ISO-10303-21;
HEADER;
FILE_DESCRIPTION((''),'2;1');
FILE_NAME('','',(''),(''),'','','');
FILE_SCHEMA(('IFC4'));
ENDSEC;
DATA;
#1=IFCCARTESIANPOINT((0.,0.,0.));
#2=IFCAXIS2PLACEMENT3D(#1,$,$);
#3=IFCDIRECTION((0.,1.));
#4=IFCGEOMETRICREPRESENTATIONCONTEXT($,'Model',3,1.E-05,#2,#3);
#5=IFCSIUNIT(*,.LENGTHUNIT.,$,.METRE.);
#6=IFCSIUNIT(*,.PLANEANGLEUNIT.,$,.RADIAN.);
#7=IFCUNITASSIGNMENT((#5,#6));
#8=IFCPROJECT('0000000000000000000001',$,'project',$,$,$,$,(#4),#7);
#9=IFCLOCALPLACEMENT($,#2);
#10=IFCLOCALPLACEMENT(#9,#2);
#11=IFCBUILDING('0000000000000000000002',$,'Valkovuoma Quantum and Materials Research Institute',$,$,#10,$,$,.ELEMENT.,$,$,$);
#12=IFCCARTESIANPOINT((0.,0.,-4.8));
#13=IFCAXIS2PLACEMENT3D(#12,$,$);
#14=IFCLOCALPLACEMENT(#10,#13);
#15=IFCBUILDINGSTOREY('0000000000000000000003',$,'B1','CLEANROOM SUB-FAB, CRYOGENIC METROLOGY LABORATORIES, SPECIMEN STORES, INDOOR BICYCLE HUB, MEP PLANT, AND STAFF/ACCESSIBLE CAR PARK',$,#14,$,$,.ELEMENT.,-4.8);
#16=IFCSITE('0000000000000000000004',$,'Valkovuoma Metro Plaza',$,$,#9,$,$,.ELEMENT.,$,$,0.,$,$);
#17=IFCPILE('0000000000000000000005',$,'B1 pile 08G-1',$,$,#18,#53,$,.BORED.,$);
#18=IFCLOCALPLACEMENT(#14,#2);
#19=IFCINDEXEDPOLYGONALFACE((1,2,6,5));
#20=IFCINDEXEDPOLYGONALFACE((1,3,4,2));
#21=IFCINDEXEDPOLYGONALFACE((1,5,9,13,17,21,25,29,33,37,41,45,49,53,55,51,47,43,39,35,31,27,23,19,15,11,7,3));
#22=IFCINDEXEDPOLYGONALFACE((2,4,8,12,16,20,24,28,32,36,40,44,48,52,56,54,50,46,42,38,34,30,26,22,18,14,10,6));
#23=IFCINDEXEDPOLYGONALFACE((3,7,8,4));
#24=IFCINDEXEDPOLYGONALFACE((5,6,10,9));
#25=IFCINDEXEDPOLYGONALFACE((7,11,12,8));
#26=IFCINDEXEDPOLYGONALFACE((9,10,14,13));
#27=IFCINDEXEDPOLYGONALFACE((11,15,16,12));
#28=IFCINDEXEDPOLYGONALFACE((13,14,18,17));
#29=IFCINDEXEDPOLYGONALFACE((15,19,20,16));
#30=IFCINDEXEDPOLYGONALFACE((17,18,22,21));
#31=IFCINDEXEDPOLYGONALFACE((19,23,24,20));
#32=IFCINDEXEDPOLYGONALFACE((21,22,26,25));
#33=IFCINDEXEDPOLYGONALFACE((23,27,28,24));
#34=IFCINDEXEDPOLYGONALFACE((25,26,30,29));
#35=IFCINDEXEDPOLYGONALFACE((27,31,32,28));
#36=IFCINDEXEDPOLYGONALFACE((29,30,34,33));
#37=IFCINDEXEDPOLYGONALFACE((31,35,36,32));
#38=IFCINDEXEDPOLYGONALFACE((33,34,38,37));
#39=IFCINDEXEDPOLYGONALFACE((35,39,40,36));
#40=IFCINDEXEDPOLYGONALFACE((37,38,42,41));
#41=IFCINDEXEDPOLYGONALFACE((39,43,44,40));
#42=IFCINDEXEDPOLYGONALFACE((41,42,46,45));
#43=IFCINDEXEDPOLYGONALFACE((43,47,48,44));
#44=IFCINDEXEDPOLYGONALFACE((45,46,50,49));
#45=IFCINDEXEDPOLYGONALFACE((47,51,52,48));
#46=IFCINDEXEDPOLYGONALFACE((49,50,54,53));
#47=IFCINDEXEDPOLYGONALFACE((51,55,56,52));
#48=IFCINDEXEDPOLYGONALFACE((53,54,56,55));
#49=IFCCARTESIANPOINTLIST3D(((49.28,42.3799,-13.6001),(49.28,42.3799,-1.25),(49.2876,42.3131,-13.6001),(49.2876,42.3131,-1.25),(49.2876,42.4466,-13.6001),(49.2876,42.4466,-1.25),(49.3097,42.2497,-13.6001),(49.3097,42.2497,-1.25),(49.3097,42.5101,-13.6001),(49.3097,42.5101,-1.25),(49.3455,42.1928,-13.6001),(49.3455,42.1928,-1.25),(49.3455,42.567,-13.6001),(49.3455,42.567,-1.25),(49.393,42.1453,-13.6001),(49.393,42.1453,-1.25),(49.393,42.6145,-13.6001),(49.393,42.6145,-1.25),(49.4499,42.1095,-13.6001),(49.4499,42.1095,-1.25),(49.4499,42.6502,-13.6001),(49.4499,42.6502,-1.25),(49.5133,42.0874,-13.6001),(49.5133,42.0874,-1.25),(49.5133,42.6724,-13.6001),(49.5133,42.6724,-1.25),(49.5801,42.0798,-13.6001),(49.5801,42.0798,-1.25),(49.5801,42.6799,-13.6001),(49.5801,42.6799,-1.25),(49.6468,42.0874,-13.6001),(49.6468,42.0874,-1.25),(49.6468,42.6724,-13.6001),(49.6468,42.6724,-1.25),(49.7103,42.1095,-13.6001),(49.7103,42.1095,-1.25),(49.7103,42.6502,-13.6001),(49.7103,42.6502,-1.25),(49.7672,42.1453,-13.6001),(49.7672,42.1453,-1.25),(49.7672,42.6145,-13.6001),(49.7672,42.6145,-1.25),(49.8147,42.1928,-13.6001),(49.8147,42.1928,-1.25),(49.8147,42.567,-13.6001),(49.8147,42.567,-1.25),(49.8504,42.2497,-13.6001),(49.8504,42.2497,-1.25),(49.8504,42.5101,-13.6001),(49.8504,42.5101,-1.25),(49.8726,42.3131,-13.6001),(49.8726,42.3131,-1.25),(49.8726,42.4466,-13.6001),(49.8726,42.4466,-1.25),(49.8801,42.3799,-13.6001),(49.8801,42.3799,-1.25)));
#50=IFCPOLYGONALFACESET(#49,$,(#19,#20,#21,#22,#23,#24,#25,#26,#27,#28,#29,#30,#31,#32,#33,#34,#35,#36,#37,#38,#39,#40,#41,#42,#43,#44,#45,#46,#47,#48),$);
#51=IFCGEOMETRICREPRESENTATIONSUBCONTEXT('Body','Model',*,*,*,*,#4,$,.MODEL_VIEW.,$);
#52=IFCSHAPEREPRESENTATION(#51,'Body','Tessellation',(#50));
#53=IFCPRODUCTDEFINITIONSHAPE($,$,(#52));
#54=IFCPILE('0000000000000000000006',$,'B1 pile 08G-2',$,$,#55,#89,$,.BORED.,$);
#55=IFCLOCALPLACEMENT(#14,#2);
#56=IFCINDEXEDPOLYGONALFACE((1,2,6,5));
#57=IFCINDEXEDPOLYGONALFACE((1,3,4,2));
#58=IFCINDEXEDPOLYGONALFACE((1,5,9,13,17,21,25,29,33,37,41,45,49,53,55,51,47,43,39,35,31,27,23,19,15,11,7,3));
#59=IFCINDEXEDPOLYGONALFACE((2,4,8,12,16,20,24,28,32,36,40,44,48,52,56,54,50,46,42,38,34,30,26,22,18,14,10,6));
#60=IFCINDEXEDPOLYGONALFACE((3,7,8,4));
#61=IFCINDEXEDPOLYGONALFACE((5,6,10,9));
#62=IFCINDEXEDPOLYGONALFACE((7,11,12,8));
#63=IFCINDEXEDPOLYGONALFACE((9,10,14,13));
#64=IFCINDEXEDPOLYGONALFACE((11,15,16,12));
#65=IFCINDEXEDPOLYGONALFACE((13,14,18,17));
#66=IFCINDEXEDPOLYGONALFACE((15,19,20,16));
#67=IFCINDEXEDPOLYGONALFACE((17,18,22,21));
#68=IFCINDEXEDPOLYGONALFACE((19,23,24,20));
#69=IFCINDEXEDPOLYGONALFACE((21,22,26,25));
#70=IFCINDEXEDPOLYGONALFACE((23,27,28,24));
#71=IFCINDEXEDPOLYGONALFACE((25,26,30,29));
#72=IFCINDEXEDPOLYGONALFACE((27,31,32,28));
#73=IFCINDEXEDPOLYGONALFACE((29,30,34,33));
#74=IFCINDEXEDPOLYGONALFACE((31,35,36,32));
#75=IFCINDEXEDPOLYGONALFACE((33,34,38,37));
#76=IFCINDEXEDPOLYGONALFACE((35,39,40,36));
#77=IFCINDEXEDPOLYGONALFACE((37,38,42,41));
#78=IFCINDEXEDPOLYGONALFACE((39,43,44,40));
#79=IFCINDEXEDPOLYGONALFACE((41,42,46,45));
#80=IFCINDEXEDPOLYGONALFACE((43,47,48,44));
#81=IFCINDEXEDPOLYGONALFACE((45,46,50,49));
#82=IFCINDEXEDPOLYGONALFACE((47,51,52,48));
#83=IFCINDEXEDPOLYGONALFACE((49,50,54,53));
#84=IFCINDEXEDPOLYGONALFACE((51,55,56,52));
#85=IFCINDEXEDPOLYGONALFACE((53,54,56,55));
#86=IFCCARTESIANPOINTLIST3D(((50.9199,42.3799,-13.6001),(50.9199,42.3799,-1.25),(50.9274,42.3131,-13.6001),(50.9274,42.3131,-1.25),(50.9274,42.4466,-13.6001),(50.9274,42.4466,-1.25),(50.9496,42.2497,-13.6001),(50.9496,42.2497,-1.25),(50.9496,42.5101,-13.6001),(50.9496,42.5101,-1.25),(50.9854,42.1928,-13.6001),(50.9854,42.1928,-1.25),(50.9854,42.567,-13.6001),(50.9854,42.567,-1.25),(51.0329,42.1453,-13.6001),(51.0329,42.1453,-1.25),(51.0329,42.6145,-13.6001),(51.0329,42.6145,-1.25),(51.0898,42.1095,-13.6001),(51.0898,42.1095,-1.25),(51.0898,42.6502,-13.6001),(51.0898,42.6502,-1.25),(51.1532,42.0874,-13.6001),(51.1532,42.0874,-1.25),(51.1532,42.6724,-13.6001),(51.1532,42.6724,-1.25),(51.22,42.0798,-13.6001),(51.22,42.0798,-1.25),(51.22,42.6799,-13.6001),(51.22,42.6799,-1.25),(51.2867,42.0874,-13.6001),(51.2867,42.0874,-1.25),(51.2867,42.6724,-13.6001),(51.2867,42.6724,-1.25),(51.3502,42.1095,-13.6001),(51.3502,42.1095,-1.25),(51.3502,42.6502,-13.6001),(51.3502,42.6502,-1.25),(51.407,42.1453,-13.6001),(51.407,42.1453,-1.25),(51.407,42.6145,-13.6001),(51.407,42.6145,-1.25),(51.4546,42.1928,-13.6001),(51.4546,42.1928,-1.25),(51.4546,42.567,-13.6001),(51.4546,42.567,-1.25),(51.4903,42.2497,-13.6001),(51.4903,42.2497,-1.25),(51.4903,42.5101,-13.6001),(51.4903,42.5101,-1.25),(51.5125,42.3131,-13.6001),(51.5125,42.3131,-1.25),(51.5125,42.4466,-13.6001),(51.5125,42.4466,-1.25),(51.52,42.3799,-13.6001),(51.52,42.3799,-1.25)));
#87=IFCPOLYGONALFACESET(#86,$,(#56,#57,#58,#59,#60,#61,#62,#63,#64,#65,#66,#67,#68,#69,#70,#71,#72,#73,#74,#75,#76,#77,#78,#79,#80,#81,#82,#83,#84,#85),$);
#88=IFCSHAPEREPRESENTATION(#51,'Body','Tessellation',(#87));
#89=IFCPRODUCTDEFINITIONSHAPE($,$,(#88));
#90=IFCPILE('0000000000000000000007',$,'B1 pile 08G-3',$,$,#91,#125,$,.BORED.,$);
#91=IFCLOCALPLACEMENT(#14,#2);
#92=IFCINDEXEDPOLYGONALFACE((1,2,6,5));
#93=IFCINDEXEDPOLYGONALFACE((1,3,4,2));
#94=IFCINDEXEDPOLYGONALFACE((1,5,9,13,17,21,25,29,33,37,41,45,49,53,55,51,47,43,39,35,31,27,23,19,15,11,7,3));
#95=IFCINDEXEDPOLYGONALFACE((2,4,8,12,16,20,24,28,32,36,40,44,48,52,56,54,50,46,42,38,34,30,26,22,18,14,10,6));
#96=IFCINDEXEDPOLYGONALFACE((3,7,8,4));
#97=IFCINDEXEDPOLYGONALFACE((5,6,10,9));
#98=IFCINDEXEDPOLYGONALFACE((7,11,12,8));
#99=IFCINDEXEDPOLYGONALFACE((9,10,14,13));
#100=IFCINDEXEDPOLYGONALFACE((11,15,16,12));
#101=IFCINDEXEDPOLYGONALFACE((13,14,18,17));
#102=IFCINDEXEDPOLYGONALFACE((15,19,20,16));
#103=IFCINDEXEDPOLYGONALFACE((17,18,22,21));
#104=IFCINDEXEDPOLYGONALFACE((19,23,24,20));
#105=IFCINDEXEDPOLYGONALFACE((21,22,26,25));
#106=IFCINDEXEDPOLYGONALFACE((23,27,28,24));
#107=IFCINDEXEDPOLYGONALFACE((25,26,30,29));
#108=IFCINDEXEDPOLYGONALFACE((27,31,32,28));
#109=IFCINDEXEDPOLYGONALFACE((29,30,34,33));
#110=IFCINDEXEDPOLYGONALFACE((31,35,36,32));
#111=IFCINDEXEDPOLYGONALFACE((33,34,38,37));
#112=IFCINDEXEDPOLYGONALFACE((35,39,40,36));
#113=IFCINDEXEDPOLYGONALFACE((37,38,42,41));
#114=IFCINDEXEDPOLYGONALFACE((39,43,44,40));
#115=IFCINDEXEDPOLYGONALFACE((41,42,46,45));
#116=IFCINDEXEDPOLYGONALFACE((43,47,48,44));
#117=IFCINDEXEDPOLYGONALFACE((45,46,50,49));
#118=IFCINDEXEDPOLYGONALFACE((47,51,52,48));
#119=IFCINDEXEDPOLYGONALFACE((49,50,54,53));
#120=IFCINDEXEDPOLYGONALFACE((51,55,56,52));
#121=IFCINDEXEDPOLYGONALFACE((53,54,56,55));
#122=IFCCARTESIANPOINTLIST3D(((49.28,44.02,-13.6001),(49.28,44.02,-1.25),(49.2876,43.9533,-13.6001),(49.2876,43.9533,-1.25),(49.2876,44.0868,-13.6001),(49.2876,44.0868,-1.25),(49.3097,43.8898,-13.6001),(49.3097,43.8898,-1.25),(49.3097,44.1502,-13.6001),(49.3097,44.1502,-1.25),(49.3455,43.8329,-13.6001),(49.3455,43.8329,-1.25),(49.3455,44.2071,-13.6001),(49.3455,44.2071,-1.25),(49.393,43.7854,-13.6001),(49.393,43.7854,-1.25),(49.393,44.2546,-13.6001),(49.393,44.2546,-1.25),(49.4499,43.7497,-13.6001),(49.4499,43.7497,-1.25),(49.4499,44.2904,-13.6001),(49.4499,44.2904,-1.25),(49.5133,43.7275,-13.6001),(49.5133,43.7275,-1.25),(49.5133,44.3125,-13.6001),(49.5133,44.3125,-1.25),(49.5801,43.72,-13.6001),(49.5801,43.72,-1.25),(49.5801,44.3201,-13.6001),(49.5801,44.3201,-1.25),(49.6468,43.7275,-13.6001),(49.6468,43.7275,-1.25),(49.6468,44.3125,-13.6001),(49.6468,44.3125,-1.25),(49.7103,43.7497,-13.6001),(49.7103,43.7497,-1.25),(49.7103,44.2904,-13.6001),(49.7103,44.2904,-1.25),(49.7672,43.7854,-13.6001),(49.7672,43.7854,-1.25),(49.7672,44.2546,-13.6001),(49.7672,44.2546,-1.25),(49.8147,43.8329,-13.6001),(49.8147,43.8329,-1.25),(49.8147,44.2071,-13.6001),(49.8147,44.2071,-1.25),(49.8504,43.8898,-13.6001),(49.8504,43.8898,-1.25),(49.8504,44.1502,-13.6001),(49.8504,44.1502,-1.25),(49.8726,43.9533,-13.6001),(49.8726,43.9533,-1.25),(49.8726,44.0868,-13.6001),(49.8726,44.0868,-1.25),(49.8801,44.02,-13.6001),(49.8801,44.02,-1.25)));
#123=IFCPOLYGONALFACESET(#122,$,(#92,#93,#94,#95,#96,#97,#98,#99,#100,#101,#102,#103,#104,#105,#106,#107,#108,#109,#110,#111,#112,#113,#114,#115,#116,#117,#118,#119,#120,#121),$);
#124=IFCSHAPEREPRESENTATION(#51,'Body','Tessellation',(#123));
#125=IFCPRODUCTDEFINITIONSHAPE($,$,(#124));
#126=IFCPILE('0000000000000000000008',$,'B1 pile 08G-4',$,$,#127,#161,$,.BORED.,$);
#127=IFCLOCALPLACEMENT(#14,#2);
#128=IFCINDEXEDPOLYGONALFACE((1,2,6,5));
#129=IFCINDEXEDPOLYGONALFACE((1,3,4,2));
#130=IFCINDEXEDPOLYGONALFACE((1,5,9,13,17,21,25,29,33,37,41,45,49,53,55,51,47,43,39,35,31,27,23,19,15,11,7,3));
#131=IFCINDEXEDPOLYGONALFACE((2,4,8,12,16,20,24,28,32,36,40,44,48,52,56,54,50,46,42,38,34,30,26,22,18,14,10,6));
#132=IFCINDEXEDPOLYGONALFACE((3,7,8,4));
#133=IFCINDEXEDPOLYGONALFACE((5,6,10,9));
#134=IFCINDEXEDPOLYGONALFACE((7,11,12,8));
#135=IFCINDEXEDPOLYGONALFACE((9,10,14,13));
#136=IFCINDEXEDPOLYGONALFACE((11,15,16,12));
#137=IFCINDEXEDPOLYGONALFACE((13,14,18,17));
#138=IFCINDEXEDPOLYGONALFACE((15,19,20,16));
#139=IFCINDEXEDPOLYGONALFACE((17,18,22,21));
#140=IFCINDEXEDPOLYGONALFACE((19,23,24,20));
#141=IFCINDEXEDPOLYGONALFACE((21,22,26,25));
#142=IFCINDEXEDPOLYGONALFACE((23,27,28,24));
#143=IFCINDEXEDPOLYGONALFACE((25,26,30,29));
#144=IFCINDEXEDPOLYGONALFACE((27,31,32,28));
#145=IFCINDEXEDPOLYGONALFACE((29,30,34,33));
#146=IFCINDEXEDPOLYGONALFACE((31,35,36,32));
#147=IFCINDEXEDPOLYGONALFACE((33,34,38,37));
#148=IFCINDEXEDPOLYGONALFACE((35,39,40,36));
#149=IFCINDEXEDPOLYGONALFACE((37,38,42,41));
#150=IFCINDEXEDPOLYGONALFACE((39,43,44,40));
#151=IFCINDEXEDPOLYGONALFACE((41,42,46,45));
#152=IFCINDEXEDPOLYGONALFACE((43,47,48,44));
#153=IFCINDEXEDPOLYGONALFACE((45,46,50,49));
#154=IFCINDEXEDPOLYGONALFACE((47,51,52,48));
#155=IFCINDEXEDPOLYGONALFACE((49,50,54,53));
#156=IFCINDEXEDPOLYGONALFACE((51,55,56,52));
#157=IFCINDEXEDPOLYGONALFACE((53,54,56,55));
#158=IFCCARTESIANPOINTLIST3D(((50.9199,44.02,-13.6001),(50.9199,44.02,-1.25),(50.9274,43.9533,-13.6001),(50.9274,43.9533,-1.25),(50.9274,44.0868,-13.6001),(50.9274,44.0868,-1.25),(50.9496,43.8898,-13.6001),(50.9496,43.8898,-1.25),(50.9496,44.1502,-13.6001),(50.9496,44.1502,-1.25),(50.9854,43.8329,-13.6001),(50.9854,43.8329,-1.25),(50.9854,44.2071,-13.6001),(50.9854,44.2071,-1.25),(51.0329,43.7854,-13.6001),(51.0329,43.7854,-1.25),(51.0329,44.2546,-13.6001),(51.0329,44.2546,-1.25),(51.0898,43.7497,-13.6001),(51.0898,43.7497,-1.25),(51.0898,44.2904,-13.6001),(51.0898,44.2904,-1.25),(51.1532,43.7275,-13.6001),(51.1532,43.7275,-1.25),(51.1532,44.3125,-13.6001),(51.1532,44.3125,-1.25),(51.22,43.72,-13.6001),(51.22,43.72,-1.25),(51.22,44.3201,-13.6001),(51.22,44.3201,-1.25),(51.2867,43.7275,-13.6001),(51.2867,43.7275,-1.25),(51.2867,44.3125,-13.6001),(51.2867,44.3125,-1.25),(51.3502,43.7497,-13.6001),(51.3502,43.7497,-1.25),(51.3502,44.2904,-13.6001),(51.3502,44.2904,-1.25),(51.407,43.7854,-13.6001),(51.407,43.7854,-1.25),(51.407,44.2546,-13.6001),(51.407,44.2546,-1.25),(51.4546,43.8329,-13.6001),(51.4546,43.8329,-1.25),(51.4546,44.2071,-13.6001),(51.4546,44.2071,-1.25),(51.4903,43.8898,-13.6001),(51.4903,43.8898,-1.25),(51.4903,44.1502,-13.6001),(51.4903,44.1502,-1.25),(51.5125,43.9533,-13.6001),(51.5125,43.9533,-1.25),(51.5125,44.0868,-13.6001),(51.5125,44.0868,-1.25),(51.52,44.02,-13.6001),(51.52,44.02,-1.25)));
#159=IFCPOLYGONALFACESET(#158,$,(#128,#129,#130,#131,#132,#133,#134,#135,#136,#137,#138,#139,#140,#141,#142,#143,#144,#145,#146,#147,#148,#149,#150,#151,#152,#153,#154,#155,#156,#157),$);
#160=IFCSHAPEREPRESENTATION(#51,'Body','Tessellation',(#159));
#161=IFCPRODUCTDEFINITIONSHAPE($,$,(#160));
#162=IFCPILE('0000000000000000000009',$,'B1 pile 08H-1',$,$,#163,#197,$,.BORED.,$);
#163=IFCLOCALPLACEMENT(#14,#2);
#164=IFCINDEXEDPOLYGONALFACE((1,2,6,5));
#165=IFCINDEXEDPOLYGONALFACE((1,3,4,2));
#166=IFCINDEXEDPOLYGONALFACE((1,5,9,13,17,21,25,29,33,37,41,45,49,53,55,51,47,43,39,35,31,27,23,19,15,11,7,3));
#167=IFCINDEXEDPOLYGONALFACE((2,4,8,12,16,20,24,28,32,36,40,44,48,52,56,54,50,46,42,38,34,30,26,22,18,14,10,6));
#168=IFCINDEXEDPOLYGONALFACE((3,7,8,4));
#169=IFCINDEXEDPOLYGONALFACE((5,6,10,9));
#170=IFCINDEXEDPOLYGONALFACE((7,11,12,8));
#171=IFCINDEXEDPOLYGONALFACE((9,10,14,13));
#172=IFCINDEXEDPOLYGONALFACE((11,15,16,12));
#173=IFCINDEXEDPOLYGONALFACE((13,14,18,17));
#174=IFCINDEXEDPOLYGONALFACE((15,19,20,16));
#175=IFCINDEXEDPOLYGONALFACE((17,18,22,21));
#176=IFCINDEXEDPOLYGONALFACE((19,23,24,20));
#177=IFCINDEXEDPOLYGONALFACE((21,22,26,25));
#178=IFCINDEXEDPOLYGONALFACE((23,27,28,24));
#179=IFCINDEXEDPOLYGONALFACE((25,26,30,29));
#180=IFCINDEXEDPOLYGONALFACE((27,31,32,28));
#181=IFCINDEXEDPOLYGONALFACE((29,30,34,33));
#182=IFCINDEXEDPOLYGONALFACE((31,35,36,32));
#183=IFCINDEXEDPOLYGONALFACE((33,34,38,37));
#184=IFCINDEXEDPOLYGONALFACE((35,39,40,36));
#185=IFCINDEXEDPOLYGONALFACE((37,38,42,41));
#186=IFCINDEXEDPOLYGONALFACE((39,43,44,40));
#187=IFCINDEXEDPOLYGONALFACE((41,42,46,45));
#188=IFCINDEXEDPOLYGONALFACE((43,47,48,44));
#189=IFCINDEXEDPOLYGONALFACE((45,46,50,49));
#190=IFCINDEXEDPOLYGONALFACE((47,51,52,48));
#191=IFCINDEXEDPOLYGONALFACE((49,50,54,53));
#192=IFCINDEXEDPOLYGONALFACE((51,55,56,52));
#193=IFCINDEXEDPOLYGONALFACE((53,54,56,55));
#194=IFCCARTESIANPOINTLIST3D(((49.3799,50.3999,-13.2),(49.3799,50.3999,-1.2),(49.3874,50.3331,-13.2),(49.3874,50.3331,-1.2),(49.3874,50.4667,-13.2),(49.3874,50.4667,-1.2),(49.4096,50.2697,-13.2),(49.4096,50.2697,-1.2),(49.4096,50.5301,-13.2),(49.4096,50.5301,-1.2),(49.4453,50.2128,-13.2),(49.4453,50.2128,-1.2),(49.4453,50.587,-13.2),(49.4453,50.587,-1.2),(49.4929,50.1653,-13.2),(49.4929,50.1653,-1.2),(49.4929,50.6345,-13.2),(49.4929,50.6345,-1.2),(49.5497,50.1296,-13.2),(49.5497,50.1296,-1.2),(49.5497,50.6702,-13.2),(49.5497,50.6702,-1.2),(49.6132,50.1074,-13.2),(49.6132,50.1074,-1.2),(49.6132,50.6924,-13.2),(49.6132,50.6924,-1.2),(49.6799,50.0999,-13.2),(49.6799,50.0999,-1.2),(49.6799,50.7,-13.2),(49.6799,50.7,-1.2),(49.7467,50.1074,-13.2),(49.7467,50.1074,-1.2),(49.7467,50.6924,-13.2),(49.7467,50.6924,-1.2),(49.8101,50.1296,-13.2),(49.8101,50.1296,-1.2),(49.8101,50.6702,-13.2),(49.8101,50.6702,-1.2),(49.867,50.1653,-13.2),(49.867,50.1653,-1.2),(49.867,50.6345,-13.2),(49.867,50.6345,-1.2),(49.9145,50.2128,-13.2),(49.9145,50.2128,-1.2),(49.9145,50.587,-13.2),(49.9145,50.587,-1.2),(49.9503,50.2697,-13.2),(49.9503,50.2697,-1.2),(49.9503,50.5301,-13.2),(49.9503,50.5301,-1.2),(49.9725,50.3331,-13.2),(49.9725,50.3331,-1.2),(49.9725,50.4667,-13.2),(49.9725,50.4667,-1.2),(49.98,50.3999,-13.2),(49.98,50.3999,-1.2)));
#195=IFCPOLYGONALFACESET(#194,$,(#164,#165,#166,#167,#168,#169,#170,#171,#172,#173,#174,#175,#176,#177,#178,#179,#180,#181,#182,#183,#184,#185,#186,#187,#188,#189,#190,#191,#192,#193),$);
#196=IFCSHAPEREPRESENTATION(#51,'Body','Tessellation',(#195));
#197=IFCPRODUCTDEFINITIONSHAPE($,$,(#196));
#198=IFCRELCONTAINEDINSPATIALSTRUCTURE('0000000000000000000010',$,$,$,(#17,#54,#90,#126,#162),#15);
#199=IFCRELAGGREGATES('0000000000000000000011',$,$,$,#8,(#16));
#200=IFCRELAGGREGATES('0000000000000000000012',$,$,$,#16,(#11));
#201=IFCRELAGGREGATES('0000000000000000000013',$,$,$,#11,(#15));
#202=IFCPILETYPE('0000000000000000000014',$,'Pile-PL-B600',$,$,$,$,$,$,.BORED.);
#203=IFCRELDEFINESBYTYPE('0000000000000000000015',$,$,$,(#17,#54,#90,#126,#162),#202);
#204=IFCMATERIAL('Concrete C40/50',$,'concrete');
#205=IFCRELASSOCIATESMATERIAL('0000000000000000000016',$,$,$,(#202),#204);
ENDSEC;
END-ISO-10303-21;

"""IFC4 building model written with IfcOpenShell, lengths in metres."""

from ifc_helpers import new_model, si_unit, direction, frame, origin, origin_2d, place, context, subcontext, project, spatial, circle, extrude, material, material_profile, profile_set, type_object, element, save


model = new_model("IFC4")

# Units and contexts
model_context = context("Model", 3, precision=1e-05, world=origin(), true_north=direction((0.0, 1.0)))
body_context = subcontext(model_context, "Body", "Model", "MODEL_VIEW")
ifc_project = project(units=[si_unit("LENGTHUNIT", "METRE"), si_unit("PLANEANGLEUNIT", "RADIAN")], contexts=[model_context])

# Site, building, storey
site_placement = place(None, origin())
site = spatial("IfcSite", under=ifc_project, at=site_placement, Name="Valkovuoma Metro Plaza", CompositionType="ELEMENT", RefElevation=0.0)
building_placement = place(site_placement, origin())
building = spatial("IfcBuilding", under=site, at=building_placement, Name="Valkovuoma Quantum and Materials Research Institute", CompositionType="ELEMENT")
storey_placement = place(building_placement, frame((0.0, 0.0, -4.8)))
storey = spatial("IfcBuildingStorey", under=building, at=storey_placement, Name="B1", Description="CLEANROOM SUB-FAB, CRYOGENIC METROLOGY LABORATORIES, SPECIMEN STORES, INDOOR BICYCLE HUB, MEP PLANT, AND STAFF/ACCESSIBLE CAR PARK", CompositionType="ELEMENT", Elevation=-4.8)

# Piles
ifc_material_1 = material(Name="Concrete C40/50", Category="concrete")
ifc_material_profile_1 = material_profile(ifc_material_1, circle(Radius=0.3, at=origin_2d()), Name="Concrete C40/50")
ifc_profile_set_1 = profile_set([ifc_material_profile_1], Name="Concrete C40/50")
pile_type_1 = type_object("IfcPileType", Name="Pile-PL-B600", PredefinedType="BORED", material=ifc_profile_set_1)
for number, where, z_axis, x_axis, name in (
    (1, (49.5801, 42.3799, -1.25), (0.0, 0.0, -1.0), (1.0, 0.0, 0.0), "B1 pile 08G-1"),
    (2, (51.22, 42.3799, -1.25), (0.0, 0.0, -1.0), (1.0, 0.0, 0.0), "B1 pile 08G-2"),
    (3, (49.5801, 44.02, -1.25), (0.0, 0.0, -1.0), (1.0, 0.0, 0.0), "B1 pile 08G-3"),
    (4, (51.22, 44.02, -1.25), (0.0, 0.0, -1.0), (1.0, 0.0, 0.0), "B1 pile 08G-4"),
):
    element("IfcPile", number, at=place(storey_placement, frame(where, z_axis=z_axis, x_axis=x_axis)), inside=storey, type_object=pile_type_1, Name=name, PredefinedType="BORED", context=body_context, shape_type="SweptSolid", body=[
        extrude(circle(Radius=0.3, at=origin_2d()), origin(), (0.0, 0.0, 1.0), 12.3501),
    ])
for number, where, z_axis, x_axis, name in (
    (5, (49.6799, 50.3999, -1.2), (0.0, 0.0, -1.0), (1.0, 0.0, 0.0), "B1 pile 08H-1"),
):
    element("IfcPile", number, at=place(storey_placement, frame(where, z_axis=z_axis, x_axis=x_axis)), inside=storey, type_object=pile_type_1, Name=name, PredefinedType="BORED", context=body_context, shape_type="SweptSolid", body=[
        extrude(circle(Radius=0.3, at=origin_2d()), origin(), (0.0, 0.0, 1.0), 12.0),
    ])

save(model, "model.ifc")
